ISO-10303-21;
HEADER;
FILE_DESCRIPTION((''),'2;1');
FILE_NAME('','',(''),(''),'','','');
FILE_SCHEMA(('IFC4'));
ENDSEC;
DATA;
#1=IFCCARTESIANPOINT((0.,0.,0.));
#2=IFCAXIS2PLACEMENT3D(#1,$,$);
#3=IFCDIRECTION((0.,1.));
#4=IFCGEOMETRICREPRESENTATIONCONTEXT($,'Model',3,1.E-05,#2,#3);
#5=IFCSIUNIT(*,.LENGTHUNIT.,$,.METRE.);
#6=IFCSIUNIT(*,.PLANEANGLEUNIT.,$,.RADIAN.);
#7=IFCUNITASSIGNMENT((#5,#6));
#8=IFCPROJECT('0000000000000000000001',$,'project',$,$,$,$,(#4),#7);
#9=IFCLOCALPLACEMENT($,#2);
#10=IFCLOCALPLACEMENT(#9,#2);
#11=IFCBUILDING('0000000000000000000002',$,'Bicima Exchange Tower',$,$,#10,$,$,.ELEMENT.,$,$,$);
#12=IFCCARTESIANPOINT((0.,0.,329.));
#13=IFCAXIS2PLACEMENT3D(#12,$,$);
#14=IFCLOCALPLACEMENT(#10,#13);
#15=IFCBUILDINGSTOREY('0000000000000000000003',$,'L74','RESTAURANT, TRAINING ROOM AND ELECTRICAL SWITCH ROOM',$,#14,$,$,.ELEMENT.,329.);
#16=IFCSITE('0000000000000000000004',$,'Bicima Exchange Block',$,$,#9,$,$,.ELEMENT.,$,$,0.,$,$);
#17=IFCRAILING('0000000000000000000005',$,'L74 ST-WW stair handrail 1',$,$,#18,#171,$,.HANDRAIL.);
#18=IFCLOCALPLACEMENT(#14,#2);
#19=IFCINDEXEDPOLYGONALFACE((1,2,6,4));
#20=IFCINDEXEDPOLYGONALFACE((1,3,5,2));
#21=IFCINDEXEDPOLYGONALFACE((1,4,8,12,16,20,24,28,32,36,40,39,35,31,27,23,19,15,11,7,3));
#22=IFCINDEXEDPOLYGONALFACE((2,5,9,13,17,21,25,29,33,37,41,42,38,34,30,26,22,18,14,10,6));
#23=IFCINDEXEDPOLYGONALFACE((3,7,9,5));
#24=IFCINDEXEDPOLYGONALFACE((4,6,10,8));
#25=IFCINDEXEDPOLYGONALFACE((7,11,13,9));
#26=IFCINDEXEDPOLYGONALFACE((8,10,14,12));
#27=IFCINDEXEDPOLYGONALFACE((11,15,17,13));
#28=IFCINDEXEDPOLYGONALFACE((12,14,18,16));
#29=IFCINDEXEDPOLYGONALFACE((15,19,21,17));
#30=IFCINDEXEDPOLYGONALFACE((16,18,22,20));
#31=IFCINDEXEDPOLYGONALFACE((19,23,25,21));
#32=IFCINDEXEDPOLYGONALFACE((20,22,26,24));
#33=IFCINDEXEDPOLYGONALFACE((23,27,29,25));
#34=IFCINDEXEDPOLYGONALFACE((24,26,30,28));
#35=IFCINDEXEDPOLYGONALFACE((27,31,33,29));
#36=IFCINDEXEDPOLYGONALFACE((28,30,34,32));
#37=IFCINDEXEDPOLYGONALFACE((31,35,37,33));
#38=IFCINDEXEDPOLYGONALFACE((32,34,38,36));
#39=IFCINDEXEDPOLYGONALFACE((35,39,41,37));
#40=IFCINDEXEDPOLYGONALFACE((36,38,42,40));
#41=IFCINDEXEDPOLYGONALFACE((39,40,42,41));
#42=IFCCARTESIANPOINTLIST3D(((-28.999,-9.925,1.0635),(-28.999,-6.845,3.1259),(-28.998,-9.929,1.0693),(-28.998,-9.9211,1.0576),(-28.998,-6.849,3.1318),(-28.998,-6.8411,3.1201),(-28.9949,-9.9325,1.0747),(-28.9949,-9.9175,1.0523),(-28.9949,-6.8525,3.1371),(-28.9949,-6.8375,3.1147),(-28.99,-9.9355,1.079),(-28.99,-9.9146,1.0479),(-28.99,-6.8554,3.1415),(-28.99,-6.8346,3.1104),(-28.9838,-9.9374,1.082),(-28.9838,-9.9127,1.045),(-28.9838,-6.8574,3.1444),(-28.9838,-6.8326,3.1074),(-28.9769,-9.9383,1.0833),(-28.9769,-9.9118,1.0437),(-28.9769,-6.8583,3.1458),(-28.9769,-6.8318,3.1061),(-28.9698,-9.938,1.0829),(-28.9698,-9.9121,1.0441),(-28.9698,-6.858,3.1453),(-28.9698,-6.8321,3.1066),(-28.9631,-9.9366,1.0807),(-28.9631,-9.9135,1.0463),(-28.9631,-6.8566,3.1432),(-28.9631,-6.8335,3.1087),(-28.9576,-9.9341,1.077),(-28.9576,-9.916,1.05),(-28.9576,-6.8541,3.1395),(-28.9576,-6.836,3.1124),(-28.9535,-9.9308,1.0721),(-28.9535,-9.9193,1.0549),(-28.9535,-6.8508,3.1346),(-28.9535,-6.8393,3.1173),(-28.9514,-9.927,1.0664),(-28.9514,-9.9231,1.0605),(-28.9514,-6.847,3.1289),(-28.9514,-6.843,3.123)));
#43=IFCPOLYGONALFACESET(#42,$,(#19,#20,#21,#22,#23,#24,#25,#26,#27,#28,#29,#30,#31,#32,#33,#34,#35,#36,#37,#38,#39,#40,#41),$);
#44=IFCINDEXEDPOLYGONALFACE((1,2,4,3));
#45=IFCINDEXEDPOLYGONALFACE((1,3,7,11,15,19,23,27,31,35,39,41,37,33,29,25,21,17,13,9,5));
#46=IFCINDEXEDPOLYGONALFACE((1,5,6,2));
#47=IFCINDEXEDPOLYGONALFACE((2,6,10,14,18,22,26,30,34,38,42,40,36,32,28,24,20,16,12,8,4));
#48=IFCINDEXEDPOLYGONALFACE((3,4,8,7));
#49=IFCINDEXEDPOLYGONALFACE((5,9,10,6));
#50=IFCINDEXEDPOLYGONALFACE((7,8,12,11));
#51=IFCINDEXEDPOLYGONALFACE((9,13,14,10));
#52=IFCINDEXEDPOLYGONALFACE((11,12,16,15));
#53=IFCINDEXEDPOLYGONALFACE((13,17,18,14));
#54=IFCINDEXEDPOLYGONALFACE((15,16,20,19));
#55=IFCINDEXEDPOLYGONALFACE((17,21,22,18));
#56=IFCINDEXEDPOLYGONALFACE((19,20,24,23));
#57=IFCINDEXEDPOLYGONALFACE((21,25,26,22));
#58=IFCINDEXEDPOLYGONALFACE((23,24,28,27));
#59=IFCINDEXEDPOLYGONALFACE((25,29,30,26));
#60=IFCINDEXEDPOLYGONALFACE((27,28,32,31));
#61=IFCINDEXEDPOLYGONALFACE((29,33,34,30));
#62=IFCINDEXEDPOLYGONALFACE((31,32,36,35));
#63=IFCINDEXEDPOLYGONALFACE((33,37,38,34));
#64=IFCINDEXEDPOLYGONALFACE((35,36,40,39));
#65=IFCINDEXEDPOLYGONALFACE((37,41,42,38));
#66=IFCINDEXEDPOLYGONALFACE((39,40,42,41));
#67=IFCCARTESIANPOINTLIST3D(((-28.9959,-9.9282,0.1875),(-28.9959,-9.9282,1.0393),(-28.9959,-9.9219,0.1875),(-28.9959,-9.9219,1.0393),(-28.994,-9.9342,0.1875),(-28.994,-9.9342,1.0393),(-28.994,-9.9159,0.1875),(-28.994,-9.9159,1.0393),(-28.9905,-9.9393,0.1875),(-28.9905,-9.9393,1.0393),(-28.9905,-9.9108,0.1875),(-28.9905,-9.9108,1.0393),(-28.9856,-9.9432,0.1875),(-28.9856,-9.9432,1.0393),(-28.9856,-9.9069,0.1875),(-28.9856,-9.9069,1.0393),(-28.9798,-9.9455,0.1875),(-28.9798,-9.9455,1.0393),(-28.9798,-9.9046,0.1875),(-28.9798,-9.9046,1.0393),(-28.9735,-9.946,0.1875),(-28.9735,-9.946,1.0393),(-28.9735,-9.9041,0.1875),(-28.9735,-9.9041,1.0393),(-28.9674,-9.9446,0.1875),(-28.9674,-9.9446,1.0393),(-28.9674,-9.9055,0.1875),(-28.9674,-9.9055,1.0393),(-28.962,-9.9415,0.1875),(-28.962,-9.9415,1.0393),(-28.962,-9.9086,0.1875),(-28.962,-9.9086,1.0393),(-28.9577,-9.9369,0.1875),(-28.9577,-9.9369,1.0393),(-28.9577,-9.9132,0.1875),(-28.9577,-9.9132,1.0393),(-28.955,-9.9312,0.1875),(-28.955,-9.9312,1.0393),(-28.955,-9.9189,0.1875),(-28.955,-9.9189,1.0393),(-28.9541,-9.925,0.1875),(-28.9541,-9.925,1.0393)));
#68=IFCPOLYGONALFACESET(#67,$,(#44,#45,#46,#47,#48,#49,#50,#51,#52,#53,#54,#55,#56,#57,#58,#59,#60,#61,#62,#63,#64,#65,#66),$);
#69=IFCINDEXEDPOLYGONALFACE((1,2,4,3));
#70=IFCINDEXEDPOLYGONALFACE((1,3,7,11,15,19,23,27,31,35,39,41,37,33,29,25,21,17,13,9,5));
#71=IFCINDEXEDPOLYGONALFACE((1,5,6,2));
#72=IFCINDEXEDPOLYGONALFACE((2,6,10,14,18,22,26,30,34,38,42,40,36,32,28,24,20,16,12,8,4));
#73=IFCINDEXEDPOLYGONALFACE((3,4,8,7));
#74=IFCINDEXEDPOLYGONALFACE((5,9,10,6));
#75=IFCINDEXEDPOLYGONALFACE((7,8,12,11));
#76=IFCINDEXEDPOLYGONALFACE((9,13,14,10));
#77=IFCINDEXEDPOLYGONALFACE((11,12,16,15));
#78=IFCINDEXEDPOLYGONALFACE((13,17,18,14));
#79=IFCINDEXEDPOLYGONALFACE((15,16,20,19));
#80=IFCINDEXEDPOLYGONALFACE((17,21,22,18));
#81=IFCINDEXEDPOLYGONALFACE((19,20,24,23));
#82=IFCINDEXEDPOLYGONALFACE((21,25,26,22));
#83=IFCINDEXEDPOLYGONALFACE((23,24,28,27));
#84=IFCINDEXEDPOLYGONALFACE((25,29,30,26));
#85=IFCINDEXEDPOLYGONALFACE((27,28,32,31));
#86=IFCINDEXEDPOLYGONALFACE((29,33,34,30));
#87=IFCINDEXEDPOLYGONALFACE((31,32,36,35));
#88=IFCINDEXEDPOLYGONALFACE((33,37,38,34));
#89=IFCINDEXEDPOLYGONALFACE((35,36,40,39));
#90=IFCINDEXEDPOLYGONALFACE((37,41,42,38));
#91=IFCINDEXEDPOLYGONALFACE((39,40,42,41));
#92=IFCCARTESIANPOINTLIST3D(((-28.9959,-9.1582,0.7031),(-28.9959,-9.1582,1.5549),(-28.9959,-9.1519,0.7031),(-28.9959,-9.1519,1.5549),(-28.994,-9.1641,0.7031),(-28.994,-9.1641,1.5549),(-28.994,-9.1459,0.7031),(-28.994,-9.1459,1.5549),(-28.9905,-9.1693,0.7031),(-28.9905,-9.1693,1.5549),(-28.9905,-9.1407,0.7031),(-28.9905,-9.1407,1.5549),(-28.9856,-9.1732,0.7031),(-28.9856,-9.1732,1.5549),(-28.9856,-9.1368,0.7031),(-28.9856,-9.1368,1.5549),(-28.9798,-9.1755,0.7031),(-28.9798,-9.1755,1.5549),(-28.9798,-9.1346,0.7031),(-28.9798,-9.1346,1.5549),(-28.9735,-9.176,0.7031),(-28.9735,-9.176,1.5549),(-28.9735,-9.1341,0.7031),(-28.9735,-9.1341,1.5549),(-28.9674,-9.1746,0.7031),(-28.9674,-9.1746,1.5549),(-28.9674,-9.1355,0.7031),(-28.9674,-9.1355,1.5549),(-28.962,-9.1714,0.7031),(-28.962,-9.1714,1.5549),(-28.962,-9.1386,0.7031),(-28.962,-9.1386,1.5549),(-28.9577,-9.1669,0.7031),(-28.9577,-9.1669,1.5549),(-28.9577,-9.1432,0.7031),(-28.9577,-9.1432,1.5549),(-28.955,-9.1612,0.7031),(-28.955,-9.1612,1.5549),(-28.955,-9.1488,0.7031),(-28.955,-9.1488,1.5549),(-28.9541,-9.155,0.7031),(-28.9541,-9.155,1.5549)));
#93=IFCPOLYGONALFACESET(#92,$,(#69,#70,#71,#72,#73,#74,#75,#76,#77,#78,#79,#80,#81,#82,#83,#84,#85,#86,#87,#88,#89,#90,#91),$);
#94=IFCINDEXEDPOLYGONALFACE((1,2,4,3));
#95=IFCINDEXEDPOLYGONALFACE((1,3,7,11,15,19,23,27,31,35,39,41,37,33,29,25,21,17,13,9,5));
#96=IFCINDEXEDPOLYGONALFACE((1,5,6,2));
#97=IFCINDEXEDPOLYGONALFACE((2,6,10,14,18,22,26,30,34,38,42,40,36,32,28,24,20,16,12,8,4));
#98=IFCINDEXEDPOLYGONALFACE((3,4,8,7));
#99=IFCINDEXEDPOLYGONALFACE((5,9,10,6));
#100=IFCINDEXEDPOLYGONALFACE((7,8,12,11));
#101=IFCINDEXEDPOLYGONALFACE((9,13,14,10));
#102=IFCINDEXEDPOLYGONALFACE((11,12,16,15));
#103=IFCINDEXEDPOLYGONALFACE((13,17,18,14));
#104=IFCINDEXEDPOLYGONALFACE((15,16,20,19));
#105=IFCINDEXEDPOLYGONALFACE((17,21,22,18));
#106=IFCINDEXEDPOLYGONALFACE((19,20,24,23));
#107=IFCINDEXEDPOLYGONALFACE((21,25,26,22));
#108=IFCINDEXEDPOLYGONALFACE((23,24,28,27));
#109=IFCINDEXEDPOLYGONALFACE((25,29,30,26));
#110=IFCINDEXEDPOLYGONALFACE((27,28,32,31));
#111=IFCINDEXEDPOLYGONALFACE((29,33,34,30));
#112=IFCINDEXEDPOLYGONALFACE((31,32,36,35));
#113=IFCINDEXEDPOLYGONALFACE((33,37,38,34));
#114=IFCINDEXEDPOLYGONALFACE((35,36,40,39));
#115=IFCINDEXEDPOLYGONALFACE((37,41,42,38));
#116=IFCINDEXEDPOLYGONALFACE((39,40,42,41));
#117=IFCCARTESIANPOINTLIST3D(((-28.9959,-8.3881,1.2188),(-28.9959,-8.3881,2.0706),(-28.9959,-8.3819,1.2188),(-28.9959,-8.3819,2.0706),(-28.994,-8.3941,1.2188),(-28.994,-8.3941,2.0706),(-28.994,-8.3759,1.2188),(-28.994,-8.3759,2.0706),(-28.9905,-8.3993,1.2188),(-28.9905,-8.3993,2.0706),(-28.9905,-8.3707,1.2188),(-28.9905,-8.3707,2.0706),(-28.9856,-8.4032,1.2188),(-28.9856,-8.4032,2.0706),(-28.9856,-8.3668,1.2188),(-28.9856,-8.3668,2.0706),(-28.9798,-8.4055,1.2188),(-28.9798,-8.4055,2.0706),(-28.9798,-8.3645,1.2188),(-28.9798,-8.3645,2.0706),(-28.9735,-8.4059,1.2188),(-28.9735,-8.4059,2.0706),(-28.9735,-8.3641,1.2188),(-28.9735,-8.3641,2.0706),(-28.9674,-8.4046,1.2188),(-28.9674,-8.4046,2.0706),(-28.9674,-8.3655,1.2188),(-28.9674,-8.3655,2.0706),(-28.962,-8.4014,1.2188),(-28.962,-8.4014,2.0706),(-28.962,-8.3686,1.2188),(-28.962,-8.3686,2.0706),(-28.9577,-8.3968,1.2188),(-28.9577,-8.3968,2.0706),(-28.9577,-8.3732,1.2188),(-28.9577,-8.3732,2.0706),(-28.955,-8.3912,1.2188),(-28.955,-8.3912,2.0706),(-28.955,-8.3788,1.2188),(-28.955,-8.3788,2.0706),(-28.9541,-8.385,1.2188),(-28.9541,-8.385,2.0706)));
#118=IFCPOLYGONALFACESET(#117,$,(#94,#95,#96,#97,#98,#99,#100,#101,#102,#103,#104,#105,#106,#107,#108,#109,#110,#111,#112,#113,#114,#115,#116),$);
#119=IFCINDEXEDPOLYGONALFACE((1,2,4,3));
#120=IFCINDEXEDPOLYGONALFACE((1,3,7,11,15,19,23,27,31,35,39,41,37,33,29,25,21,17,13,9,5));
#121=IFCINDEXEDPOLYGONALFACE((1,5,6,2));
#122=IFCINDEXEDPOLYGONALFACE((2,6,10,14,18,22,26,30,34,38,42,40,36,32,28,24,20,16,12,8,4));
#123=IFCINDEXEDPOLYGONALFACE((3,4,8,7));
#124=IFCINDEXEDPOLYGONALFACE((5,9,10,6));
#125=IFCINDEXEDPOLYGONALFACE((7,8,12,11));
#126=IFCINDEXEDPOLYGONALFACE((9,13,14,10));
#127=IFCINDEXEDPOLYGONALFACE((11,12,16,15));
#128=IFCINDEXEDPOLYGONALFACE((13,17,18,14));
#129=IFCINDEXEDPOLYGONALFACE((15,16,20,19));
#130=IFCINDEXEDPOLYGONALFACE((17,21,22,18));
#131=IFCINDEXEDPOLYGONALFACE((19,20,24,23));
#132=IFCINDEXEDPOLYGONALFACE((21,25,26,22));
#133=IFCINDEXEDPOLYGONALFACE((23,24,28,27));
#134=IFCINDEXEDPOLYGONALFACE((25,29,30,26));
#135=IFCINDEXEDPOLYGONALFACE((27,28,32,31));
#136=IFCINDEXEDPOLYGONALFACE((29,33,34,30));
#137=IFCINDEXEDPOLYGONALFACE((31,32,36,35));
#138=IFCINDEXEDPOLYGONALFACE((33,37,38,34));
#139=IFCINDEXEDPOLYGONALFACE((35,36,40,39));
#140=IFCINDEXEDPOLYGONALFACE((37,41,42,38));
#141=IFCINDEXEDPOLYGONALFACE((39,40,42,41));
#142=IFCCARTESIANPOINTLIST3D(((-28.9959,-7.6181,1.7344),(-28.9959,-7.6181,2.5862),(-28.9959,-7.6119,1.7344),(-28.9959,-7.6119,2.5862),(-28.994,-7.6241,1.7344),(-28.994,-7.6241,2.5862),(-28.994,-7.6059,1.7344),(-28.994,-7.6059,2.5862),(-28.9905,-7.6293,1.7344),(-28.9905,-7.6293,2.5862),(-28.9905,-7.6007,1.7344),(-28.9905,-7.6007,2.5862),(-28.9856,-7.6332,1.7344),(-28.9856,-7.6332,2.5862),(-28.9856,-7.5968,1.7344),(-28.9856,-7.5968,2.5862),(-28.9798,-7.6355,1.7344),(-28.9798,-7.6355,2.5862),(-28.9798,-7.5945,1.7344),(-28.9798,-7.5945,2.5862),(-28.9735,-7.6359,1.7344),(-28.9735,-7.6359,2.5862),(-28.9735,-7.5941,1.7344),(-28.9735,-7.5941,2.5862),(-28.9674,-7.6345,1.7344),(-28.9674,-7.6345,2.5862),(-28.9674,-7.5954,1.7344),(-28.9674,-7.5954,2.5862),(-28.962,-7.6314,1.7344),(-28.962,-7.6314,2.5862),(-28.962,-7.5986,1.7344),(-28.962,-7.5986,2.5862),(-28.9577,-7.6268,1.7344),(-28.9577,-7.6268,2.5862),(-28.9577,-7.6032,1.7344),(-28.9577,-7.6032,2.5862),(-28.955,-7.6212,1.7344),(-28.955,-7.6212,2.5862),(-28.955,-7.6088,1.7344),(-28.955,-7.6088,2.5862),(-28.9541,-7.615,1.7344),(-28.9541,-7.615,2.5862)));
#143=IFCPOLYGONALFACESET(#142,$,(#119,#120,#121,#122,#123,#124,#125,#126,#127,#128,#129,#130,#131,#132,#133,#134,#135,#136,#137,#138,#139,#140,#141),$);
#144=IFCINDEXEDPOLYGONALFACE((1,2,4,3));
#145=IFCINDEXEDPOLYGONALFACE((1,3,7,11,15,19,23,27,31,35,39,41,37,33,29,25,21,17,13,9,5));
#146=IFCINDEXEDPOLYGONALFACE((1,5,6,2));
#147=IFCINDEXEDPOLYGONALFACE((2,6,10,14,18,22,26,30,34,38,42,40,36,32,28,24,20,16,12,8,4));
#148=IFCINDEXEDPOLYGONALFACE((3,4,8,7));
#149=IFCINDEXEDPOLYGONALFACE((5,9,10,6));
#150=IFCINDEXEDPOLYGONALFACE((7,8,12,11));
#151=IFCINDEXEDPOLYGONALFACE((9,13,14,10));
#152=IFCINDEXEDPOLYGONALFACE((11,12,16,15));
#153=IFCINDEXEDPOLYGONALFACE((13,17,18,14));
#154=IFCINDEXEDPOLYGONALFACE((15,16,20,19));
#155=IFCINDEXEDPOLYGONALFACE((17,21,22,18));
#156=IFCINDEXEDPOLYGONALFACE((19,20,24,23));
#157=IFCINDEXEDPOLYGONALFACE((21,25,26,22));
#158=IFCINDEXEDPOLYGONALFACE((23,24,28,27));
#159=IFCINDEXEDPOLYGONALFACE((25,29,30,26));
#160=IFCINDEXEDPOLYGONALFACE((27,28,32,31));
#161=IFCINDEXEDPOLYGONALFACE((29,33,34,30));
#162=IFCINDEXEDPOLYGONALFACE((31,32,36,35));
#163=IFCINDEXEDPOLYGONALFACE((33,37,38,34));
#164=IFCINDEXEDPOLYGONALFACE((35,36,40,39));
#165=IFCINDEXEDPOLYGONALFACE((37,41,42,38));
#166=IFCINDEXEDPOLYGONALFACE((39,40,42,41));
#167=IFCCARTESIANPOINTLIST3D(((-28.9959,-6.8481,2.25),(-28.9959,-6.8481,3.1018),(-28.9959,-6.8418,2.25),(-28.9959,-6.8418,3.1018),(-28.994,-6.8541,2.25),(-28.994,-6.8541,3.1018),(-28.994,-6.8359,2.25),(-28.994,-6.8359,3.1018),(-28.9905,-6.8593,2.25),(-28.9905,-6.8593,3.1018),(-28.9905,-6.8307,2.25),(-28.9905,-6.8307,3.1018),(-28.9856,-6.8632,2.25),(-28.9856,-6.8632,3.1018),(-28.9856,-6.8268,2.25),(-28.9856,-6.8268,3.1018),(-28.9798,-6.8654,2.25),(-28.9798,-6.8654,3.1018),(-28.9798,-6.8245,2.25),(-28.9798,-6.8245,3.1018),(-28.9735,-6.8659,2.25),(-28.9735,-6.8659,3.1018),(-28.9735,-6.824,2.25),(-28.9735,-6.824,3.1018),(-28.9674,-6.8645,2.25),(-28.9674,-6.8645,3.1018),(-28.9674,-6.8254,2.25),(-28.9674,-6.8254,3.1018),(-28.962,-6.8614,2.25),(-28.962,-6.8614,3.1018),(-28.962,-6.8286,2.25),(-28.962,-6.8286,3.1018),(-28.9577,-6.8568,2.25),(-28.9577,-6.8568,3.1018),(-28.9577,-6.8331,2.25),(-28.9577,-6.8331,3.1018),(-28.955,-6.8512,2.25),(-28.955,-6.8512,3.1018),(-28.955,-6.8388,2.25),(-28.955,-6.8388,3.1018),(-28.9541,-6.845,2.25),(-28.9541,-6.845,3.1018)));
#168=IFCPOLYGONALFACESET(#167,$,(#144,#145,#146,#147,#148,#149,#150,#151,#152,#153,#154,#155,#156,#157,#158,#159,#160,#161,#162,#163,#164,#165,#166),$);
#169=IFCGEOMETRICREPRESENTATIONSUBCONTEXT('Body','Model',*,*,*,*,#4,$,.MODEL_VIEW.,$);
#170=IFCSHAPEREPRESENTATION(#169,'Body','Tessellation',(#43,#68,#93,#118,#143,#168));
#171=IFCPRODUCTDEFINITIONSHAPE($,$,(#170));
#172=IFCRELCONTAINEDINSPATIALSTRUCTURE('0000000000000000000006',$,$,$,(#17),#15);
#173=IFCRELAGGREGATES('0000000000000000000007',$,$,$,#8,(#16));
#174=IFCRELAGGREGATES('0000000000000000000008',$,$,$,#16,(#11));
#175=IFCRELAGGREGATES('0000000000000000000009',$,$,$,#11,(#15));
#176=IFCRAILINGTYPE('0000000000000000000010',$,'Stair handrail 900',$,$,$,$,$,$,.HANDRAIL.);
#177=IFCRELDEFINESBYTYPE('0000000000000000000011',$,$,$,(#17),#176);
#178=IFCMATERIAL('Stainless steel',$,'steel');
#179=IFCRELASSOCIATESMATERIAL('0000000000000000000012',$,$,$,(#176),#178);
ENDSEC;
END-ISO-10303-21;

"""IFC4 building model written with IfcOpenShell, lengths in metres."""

from ifc_helpers import new_model, si_unit, direction, frame, origin, origin_2d, place, context, subcontext, project, spatial, circle, extrude, material, type_object, element, save


model = new_model("IFC4")

# Units and contexts
model_context = context("Model", 3, precision=1e-05, world=origin(), true_north=direction((0.0, 1.0)))
body_context = subcontext(model_context, "Body", "Model", "MODEL_VIEW")
ifc_project = project(units=[si_unit("LENGTHUNIT", "METRE"), si_unit("PLANEANGLEUNIT", "RADIAN")], contexts=[model_context])

# Site, building, storey
site_placement = place(None, origin())
site = spatial("IfcSite", under=ifc_project, at=site_placement, Name="Bicima Exchange Block", CompositionType="ELEMENT", RefElevation=0.0)
building_placement = place(site_placement, origin())
building = spatial("IfcBuilding", under=site, at=building_placement, Name="Bicima Exchange Tower", CompositionType="ELEMENT")
storey_placement = place(building_placement, frame((0.0, 0.0, 329.0)))
storey = spatial("IfcBuildingStorey", under=building, at=storey_placement, Name="L74", Description="RESTAURANT, TRAINING ROOM AND ELECTRICAL SWITCH ROOM", CompositionType="ELEMENT", Elevation=329.0)

# Railing
ifc_material_1 = material(Name="Stainless steel", Category="steel")
railing_type_1 = type_object("IfcRailingType", Name="Stair handrail 900", PredefinedType="HANDRAIL", material=ifc_material_1)
railing_1_placement = place(storey_placement, frame((-28.9751, -9.925, 0.1875)))
element("IfcRailing", 1, at=railing_1_placement, inside=storey, type_object=railing_type_1, Name="L74 ST-WW stair handrail 1", PredefinedType="HANDRAIL", context=body_context, shape_type="SweptSolid", body=[
    extrude(circle(Radius=0.0239, at=origin_2d()), frame((0.0, 0.0, 0.876), z_axis=(0.0, 0.830914, 0.556401), x_axis=(-1.0, 0.0, 0.0)), (0.0, 0.0, 1.0), 3.7068),
    extrude(circle(Radius=0.021, at=origin_2d()), origin(), (0.0, 0.0, 1.0), 0.8518),
    extrude(circle(Radius=0.021, at=origin_2d()), frame((0.0, 0.77, 0.5156)), (0.0, 0.0, 1.0), 0.8518),
    extrude(circle(Radius=0.021, at=origin_2d()), frame((0.0, 1.54, 1.0312)), (0.0, 0.0, 1.0), 0.8518),
    extrude(circle(Radius=0.021, at=origin_2d()), frame((0.0, 2.3101, 1.5469)), (0.0, 0.0, 1.0), 0.8518),
    extrude(circle(Radius=0.021, at=origin_2d()), frame((0.0, 3.0801, 2.0625)), (0.0, 0.0, 1.0), 0.8518),
])

save(model, "model.ifc")
